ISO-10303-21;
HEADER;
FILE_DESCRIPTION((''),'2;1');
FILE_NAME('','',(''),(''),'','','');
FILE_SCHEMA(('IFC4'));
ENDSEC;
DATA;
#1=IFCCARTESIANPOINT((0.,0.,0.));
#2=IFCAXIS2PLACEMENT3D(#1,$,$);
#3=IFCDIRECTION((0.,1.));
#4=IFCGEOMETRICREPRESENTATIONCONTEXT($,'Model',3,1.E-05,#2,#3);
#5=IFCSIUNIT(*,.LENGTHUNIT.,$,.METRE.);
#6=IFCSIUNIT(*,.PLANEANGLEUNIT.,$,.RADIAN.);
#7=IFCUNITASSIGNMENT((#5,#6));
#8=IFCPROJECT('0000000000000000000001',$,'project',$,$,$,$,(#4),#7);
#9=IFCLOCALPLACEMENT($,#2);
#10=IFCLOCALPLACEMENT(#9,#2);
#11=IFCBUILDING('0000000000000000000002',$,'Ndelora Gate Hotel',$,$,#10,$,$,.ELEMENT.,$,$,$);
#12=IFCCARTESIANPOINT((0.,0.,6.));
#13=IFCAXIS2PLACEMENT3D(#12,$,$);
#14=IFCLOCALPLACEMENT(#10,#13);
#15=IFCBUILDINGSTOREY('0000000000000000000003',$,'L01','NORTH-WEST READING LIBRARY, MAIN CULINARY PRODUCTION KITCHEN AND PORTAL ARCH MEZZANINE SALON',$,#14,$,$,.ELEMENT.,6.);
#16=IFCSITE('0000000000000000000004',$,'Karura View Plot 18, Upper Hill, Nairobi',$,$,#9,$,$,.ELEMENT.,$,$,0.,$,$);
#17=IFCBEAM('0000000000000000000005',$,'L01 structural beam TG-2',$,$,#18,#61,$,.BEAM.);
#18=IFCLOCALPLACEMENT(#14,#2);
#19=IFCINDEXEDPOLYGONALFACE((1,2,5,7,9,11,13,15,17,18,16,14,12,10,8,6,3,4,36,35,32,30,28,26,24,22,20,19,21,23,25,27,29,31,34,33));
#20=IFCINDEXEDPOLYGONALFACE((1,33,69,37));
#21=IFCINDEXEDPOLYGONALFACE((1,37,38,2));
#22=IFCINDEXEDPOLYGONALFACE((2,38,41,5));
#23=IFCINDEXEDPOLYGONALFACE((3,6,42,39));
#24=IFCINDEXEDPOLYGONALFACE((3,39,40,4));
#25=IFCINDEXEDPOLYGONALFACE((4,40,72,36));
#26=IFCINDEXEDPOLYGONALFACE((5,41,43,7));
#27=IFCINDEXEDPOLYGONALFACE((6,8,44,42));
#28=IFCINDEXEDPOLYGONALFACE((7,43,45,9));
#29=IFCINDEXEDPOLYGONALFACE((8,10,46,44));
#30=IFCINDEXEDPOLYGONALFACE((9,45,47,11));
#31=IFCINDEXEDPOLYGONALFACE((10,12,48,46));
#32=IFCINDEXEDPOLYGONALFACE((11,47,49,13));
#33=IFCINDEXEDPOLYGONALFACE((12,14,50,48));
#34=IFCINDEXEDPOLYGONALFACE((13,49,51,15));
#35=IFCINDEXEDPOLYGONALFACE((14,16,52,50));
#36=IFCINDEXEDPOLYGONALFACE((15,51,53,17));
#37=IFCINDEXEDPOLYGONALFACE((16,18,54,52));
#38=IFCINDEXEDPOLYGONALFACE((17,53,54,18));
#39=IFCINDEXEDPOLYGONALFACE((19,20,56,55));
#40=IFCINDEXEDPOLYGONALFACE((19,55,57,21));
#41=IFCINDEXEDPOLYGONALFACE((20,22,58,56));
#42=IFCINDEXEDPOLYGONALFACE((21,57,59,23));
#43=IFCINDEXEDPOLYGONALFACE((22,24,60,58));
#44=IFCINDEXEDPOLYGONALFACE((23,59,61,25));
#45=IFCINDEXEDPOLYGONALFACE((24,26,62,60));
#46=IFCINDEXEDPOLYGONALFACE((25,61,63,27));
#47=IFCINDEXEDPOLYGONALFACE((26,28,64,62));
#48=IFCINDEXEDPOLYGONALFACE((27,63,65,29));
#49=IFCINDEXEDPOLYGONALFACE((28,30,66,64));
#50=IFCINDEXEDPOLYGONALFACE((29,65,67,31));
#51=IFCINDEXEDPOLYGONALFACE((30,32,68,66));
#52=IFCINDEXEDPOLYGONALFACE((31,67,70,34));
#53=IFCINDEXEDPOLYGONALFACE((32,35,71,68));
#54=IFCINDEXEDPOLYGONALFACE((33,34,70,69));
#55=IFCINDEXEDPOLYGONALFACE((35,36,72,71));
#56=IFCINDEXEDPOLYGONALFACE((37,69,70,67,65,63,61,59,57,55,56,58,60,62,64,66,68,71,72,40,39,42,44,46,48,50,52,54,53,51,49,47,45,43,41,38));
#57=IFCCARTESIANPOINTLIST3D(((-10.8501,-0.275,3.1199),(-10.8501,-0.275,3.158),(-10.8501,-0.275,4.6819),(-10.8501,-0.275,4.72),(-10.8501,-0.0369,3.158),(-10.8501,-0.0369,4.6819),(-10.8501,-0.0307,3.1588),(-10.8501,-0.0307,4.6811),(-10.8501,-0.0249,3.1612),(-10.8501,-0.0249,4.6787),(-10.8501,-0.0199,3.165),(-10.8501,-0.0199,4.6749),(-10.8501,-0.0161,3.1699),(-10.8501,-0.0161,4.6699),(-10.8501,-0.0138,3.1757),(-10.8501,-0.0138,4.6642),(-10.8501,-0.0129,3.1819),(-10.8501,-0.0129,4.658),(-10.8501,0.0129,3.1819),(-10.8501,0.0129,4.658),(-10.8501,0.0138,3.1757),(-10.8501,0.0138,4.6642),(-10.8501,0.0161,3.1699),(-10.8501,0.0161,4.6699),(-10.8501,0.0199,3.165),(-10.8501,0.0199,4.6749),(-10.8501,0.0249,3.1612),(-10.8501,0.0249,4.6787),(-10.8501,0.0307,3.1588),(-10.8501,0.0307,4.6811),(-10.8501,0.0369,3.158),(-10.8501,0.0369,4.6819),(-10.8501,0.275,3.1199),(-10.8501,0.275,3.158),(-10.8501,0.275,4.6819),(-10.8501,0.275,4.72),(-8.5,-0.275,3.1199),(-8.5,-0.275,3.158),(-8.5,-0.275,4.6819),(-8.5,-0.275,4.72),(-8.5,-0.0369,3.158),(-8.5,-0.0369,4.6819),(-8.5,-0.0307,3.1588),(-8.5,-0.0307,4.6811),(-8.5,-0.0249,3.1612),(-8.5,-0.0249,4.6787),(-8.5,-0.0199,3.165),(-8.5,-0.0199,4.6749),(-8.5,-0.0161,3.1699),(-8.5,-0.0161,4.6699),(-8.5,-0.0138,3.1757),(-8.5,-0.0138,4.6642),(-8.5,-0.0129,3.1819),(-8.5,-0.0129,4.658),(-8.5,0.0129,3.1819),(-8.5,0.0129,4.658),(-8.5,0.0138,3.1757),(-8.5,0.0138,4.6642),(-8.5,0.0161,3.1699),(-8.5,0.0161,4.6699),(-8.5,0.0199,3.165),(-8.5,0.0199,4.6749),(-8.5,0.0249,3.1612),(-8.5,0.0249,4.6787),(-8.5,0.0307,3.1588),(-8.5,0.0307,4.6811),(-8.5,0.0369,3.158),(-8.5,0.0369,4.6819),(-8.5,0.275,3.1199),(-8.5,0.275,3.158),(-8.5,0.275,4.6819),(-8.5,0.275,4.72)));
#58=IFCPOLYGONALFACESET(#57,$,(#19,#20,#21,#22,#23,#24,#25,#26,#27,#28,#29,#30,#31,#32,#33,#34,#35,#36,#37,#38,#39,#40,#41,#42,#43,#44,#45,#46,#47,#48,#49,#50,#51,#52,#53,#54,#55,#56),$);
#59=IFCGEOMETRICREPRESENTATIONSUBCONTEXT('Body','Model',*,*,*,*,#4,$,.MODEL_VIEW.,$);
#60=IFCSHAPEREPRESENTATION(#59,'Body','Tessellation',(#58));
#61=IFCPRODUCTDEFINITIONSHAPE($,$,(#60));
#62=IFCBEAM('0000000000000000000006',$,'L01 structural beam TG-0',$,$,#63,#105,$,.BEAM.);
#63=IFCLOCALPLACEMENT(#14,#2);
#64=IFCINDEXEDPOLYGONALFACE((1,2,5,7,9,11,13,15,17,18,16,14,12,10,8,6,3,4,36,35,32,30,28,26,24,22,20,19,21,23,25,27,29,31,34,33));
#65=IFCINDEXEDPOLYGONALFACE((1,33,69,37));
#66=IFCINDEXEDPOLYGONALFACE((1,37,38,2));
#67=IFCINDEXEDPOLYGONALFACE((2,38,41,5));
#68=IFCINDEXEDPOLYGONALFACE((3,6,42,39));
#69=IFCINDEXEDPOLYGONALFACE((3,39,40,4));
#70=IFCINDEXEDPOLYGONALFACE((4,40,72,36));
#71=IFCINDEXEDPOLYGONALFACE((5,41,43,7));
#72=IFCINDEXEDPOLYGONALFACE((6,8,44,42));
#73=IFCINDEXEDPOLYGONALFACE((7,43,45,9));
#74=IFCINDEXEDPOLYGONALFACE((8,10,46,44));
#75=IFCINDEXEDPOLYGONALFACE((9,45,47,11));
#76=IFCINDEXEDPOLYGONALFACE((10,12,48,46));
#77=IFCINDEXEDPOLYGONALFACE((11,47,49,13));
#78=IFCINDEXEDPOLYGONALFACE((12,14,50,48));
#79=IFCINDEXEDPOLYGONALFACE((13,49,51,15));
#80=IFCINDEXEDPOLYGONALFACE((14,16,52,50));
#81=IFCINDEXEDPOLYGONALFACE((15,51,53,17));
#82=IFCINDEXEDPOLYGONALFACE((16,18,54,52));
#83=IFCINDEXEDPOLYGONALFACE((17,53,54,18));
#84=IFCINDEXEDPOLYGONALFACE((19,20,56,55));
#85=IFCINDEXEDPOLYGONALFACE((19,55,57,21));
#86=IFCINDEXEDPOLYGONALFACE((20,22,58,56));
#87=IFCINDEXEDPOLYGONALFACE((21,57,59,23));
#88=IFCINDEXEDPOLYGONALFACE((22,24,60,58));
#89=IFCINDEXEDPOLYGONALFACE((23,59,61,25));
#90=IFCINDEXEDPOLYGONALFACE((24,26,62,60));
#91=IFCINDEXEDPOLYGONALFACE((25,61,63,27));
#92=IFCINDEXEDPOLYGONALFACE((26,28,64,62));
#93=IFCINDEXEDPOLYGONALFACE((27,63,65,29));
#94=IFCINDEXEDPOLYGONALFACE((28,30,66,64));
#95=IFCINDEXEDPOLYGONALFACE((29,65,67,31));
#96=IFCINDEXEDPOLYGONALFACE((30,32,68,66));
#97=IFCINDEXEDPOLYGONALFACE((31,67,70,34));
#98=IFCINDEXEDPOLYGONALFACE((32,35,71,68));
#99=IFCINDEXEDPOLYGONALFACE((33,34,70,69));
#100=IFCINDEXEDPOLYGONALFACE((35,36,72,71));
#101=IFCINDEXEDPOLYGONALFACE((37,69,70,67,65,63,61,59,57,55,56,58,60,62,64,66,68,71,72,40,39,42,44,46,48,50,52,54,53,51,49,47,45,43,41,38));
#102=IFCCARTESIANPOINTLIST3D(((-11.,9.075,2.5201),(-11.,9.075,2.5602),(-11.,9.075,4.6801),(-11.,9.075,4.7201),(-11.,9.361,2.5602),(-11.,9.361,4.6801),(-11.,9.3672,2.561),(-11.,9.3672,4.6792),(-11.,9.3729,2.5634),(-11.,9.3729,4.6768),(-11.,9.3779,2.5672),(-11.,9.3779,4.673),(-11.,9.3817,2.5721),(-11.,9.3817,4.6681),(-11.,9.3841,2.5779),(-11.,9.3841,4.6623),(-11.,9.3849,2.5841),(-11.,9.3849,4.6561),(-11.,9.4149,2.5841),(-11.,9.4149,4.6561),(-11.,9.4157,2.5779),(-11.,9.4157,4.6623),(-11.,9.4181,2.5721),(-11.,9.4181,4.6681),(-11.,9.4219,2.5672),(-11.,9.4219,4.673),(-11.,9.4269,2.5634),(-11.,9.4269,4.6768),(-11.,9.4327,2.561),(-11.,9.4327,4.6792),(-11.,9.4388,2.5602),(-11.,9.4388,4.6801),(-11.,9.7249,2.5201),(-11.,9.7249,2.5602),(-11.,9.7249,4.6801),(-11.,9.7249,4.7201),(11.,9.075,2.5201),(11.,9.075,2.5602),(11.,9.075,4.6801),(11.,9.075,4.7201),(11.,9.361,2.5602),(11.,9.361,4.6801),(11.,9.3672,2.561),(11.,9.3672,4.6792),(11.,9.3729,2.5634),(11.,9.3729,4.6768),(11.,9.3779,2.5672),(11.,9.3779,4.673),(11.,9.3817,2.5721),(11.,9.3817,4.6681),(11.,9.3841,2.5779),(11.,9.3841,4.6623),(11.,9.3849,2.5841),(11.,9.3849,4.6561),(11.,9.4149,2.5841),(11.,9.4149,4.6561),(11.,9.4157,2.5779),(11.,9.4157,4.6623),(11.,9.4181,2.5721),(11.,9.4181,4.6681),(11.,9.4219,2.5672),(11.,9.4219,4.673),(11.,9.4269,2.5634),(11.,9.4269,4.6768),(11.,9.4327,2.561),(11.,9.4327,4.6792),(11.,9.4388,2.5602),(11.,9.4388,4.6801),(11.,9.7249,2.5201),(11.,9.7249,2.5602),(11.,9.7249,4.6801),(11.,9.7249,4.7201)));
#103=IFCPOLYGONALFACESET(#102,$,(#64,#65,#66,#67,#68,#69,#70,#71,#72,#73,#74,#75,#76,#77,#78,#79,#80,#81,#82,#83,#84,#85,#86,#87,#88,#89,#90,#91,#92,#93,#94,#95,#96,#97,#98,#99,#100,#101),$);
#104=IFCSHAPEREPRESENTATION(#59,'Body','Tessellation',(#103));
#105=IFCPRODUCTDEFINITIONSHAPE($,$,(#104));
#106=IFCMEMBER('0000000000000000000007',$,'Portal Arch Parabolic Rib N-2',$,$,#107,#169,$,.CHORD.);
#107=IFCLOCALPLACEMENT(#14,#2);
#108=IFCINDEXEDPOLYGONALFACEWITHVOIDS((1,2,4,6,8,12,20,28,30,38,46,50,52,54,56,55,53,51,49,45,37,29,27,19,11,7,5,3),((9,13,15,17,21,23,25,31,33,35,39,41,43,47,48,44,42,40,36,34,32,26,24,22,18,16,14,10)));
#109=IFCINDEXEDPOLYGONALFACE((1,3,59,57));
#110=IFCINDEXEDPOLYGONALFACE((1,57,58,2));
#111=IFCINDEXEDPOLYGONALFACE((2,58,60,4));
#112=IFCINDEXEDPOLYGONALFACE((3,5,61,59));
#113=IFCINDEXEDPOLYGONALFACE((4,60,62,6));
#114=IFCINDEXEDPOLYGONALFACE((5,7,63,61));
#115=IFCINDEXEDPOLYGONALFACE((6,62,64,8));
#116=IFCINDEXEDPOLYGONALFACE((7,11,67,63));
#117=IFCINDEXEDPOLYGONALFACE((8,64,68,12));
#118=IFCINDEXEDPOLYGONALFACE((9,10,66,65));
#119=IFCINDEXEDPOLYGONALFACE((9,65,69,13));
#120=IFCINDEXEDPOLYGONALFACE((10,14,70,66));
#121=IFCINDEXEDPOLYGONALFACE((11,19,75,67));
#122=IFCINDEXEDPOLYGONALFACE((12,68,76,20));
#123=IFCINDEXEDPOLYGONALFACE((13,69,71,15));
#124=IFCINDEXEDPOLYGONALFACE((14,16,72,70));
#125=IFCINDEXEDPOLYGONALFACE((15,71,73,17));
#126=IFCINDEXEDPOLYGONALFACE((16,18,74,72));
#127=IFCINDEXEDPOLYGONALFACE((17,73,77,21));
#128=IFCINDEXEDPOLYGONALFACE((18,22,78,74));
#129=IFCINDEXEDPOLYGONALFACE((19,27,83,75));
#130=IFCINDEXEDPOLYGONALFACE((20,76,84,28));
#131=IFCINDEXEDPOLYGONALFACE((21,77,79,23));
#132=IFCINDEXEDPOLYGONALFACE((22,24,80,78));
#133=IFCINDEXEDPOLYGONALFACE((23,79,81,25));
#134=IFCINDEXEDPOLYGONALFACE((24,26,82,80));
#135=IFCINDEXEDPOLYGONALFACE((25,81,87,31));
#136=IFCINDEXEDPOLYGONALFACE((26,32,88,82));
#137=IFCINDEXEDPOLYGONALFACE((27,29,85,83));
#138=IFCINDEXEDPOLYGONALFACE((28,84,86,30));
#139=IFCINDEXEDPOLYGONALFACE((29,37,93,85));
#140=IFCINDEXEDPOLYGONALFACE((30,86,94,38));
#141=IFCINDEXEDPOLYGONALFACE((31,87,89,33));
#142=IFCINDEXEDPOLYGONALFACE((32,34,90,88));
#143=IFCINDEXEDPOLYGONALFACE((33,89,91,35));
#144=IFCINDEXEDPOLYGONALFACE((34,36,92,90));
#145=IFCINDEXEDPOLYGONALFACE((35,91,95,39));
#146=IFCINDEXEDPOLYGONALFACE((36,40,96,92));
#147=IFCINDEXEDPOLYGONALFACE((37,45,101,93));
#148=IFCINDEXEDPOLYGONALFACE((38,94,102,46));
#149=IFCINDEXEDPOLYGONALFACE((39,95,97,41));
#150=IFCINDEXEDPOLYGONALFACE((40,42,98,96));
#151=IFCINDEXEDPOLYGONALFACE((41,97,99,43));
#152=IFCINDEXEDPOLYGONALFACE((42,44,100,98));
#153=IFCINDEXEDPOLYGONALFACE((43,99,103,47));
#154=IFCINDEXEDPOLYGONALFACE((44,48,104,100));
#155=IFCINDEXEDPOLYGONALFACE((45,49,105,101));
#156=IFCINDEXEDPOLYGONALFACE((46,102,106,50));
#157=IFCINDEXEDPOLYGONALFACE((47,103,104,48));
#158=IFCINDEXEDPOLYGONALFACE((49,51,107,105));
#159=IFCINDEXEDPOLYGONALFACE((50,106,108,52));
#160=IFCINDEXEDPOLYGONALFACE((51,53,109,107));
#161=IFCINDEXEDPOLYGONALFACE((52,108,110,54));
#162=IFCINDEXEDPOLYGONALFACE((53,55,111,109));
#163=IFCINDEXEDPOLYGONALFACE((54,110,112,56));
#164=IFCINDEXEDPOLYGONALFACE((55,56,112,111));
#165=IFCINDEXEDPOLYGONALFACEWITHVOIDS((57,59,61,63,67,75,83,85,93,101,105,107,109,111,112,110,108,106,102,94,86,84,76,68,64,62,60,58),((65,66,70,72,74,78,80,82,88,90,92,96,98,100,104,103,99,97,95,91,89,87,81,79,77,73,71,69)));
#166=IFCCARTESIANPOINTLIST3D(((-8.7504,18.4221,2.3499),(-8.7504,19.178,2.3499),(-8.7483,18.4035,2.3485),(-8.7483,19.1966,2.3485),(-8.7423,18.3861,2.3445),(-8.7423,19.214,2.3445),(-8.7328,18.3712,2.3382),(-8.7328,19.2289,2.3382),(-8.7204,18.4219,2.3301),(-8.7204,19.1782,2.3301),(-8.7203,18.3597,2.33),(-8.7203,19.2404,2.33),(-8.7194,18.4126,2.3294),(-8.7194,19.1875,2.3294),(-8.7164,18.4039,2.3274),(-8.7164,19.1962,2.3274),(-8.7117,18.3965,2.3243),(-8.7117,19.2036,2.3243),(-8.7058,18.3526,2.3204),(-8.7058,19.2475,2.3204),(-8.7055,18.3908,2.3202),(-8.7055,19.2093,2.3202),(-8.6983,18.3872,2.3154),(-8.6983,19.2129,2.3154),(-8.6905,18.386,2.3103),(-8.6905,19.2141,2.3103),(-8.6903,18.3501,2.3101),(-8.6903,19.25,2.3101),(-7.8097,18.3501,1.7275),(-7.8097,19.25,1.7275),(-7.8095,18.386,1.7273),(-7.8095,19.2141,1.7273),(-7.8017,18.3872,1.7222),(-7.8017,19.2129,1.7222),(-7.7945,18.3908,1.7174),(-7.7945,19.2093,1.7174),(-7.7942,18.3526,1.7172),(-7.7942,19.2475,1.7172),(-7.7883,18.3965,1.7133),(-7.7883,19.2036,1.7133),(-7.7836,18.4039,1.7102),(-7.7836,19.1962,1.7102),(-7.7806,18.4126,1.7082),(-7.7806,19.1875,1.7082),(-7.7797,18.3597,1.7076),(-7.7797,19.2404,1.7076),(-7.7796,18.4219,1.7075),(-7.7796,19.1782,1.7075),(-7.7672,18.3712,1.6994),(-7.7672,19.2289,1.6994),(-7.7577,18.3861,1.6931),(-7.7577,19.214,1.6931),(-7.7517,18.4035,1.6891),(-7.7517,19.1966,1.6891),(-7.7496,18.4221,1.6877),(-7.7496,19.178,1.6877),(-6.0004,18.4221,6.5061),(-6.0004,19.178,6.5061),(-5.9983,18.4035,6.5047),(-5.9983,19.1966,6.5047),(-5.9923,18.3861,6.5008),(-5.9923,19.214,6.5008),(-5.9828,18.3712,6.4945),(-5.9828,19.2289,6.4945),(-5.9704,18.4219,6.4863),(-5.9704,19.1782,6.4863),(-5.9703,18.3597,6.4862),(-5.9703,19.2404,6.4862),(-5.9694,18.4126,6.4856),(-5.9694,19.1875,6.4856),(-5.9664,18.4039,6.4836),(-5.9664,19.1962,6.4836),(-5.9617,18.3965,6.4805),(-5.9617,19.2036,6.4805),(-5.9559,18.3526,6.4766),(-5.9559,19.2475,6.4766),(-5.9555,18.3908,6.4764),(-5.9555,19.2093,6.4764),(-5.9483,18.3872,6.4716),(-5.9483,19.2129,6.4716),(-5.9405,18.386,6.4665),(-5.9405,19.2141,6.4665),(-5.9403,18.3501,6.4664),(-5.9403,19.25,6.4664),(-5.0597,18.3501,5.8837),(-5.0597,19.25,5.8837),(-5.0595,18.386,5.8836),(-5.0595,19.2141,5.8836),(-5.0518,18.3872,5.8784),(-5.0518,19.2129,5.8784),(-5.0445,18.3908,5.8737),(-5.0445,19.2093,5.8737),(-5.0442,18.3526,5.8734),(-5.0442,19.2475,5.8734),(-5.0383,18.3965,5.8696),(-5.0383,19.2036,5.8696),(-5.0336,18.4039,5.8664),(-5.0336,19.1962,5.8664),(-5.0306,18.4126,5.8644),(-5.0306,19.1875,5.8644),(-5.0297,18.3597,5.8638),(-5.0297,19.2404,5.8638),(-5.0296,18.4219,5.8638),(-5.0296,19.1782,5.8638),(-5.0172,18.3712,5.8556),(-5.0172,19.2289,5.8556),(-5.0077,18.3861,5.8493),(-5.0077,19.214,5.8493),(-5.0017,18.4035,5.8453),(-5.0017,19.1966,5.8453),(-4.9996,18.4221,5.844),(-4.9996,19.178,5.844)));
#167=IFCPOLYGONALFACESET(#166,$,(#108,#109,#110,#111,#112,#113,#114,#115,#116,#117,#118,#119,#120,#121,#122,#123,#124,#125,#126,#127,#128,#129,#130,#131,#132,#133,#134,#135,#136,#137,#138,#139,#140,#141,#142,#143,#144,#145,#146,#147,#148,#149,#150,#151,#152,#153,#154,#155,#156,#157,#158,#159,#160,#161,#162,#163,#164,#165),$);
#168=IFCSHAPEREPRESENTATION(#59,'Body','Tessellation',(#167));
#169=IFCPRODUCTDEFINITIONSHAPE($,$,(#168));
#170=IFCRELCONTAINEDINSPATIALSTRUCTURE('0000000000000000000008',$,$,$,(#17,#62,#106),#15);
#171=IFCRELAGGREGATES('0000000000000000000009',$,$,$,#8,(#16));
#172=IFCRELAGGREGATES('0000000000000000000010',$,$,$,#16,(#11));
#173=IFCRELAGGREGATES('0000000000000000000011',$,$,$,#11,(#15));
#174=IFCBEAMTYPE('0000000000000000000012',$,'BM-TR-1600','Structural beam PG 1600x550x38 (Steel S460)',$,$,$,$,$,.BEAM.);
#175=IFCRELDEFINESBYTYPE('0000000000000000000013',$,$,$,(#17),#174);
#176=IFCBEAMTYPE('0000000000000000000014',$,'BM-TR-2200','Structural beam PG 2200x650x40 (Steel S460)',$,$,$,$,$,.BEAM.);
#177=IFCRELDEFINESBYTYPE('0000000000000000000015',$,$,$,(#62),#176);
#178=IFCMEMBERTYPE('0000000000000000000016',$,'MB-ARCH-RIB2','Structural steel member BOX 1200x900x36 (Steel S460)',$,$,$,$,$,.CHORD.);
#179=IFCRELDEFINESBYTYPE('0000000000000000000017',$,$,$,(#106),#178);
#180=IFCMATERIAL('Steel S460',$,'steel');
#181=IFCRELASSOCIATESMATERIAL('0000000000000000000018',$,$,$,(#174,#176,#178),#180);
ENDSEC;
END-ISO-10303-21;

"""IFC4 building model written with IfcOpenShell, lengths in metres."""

from ifc_helpers import new_model, si_unit, direction, frame, origin, origin_2d, place, context, subcontext, project, spatial, hollow_rectangle, i_section, extrude, material, material_profile, profile_set, type_object, element, save


model = new_model("IFC4")

# Units and contexts
model_context = context("Model", 3, precision=1e-05, world=origin(), true_north=direction((0.0, 1.0)))
body_context = subcontext(model_context, "Body", "Model", "MODEL_VIEW")
ifc_project = project(units=[si_unit("LENGTHUNIT", "METRE"), si_unit("PLANEANGLEUNIT", "RADIAN")], contexts=[model_context])

# Site, building, storey
site_placement = place(None, origin())
site = spatial("IfcSite", under=ifc_project, at=site_placement, Name="Karura View Plot 18, Upper Hill, Nairobi", CompositionType="ELEMENT", RefElevation=0.0)
building_placement = place(site_placement, origin())
building = spatial("IfcBuilding", under=site, at=building_placement, Name="Ndelora Gate Hotel", CompositionType="ELEMENT")
storey_placement = place(building_placement, frame((0.0, 0.0, 6.0)))
storey = spatial("IfcBuildingStorey", under=building, at=storey_placement, Name="L01", Description="NORTH-WEST READING LIBRARY, MAIN CULINARY PRODUCTION KITCHEN AND PORTAL ARCH MEZZANINE SALON", CompositionType="ELEMENT", Elevation=6.0)

# Beams
ifc_material_1 = material(Name="Steel S460", Category="steel")
ifc_material_profile_1 = material_profile(ifc_material_1, i_section(OverallWidth=0.55, OverallDepth=1.6001, WebThickness=0.0259, FlangeThickness=0.0381, FilletRadius=0.0239, at=origin_2d()), Name="PG 1600x550x38")
ifc_profile_set_1 = profile_set([ifc_material_profile_1], Name="Steel S460")
beam_type_1 = type_object("IfcBeamType", Name="BM-TR-1600", Description="Structural beam PG 1600x550x38 (Steel S460)", PredefinedType="BEAM", material=ifc_profile_set_1)
beam_1_placement = place(storey_placement, frame((-10.8501, 0.0, 3.9199), z_axis=(1.0, 0.0, 0.0), x_axis=(0.0, 1.0, 0.0)))
element("IfcBeam", 1, at=beam_1_placement, inside=storey, type_object=beam_type_1, Name="L01 structural beam TG-2", PredefinedType="BEAM", context=body_context, shape_type="SweptSolid", body=[
    extrude(i_section(OverallWidth=0.55, OverallDepth=1.6001, WebThickness=0.0259, FlangeThickness=0.0381, FilletRadius=0.0239, at=origin_2d()), origin(), (0.0, 0.0, 1.0), 2.3501),
])
ifc_material_profile_2 = material_profile(ifc_material_1, i_section(OverallWidth=0.6499, OverallDepth=2.2, WebThickness=0.03, FlangeThickness=0.04, FilletRadius=0.0239, at=origin_2d()), Name="PG 2200x650x40")
ifc_profile_set_2 = profile_set([ifc_material_profile_2], Name="Steel S460")
beam_type_2 = type_object("IfcBeamType", Name="BM-TR-2200", Description="Structural beam PG 2200x650x40 (Steel S460)", PredefinedType="BEAM", material=ifc_profile_set_2)
beam_2_placement = place(storey_placement, frame((-11.0, 9.3999, 3.6201), z_axis=(1.0, 0.0, 0.0), x_axis=(0.0, 1.0, 0.0)))
element("IfcBeam", 2, at=beam_2_placement, inside=storey, type_object=beam_type_2, Name="L01 structural beam TG-0", PredefinedType="BEAM", context=body_context, shape_type="SweptSolid", body=[
    extrude(i_section(OverallWidth=0.6499, OverallDepth=2.2, WebThickness=0.03, FlangeThickness=0.04, FilletRadius=0.0239, at=origin_2d()), origin(), (0.0, 0.0, 1.0), 22.0),
])

# Member
ifc_material_profile_3 = material_profile(ifc_material_1, hollow_rectangle(XDim=0.8999, YDim=1.2, WallThickness=0.0359, InnerFilletRadius=0.0359, OuterFilletRadius=0.072, at=origin_2d()), Name="BOX 1200x900x36")
ifc_profile_set_3 = profile_set([ifc_material_profile_3], Name="Steel S460")
member_type_1 = type_object("IfcMemberType", Name="MB-ARCH-RIB2", Description="Structural steel member BOX 1200x900x36 (Steel S460)", PredefinedType="CHORD", material=ifc_profile_set_3)
member_1_placement = place(storey_placement, frame((-8.25, 18.8, 2.0188), z_axis=(0.551803, 0.0, 0.833975), x_axis=(0.0, 1.0, 0.0)))
element("IfcMember", 3, at=member_1_placement, inside=storey, type_object=member_type_1, Name="Portal Arch Parabolic Rib N-2", PredefinedType="CHORD", context=body_context, shape_type="SweptSolid", body=[
    extrude(hollow_rectangle(XDim=0.8999, YDim=1.2, WallThickness=0.0359, InnerFilletRadius=0.0359, OuterFilletRadius=0.072, at=origin_2d()), origin(), (0.0, 0.0, 1.0), 4.9836),
])

save(model, "model.ifc")
